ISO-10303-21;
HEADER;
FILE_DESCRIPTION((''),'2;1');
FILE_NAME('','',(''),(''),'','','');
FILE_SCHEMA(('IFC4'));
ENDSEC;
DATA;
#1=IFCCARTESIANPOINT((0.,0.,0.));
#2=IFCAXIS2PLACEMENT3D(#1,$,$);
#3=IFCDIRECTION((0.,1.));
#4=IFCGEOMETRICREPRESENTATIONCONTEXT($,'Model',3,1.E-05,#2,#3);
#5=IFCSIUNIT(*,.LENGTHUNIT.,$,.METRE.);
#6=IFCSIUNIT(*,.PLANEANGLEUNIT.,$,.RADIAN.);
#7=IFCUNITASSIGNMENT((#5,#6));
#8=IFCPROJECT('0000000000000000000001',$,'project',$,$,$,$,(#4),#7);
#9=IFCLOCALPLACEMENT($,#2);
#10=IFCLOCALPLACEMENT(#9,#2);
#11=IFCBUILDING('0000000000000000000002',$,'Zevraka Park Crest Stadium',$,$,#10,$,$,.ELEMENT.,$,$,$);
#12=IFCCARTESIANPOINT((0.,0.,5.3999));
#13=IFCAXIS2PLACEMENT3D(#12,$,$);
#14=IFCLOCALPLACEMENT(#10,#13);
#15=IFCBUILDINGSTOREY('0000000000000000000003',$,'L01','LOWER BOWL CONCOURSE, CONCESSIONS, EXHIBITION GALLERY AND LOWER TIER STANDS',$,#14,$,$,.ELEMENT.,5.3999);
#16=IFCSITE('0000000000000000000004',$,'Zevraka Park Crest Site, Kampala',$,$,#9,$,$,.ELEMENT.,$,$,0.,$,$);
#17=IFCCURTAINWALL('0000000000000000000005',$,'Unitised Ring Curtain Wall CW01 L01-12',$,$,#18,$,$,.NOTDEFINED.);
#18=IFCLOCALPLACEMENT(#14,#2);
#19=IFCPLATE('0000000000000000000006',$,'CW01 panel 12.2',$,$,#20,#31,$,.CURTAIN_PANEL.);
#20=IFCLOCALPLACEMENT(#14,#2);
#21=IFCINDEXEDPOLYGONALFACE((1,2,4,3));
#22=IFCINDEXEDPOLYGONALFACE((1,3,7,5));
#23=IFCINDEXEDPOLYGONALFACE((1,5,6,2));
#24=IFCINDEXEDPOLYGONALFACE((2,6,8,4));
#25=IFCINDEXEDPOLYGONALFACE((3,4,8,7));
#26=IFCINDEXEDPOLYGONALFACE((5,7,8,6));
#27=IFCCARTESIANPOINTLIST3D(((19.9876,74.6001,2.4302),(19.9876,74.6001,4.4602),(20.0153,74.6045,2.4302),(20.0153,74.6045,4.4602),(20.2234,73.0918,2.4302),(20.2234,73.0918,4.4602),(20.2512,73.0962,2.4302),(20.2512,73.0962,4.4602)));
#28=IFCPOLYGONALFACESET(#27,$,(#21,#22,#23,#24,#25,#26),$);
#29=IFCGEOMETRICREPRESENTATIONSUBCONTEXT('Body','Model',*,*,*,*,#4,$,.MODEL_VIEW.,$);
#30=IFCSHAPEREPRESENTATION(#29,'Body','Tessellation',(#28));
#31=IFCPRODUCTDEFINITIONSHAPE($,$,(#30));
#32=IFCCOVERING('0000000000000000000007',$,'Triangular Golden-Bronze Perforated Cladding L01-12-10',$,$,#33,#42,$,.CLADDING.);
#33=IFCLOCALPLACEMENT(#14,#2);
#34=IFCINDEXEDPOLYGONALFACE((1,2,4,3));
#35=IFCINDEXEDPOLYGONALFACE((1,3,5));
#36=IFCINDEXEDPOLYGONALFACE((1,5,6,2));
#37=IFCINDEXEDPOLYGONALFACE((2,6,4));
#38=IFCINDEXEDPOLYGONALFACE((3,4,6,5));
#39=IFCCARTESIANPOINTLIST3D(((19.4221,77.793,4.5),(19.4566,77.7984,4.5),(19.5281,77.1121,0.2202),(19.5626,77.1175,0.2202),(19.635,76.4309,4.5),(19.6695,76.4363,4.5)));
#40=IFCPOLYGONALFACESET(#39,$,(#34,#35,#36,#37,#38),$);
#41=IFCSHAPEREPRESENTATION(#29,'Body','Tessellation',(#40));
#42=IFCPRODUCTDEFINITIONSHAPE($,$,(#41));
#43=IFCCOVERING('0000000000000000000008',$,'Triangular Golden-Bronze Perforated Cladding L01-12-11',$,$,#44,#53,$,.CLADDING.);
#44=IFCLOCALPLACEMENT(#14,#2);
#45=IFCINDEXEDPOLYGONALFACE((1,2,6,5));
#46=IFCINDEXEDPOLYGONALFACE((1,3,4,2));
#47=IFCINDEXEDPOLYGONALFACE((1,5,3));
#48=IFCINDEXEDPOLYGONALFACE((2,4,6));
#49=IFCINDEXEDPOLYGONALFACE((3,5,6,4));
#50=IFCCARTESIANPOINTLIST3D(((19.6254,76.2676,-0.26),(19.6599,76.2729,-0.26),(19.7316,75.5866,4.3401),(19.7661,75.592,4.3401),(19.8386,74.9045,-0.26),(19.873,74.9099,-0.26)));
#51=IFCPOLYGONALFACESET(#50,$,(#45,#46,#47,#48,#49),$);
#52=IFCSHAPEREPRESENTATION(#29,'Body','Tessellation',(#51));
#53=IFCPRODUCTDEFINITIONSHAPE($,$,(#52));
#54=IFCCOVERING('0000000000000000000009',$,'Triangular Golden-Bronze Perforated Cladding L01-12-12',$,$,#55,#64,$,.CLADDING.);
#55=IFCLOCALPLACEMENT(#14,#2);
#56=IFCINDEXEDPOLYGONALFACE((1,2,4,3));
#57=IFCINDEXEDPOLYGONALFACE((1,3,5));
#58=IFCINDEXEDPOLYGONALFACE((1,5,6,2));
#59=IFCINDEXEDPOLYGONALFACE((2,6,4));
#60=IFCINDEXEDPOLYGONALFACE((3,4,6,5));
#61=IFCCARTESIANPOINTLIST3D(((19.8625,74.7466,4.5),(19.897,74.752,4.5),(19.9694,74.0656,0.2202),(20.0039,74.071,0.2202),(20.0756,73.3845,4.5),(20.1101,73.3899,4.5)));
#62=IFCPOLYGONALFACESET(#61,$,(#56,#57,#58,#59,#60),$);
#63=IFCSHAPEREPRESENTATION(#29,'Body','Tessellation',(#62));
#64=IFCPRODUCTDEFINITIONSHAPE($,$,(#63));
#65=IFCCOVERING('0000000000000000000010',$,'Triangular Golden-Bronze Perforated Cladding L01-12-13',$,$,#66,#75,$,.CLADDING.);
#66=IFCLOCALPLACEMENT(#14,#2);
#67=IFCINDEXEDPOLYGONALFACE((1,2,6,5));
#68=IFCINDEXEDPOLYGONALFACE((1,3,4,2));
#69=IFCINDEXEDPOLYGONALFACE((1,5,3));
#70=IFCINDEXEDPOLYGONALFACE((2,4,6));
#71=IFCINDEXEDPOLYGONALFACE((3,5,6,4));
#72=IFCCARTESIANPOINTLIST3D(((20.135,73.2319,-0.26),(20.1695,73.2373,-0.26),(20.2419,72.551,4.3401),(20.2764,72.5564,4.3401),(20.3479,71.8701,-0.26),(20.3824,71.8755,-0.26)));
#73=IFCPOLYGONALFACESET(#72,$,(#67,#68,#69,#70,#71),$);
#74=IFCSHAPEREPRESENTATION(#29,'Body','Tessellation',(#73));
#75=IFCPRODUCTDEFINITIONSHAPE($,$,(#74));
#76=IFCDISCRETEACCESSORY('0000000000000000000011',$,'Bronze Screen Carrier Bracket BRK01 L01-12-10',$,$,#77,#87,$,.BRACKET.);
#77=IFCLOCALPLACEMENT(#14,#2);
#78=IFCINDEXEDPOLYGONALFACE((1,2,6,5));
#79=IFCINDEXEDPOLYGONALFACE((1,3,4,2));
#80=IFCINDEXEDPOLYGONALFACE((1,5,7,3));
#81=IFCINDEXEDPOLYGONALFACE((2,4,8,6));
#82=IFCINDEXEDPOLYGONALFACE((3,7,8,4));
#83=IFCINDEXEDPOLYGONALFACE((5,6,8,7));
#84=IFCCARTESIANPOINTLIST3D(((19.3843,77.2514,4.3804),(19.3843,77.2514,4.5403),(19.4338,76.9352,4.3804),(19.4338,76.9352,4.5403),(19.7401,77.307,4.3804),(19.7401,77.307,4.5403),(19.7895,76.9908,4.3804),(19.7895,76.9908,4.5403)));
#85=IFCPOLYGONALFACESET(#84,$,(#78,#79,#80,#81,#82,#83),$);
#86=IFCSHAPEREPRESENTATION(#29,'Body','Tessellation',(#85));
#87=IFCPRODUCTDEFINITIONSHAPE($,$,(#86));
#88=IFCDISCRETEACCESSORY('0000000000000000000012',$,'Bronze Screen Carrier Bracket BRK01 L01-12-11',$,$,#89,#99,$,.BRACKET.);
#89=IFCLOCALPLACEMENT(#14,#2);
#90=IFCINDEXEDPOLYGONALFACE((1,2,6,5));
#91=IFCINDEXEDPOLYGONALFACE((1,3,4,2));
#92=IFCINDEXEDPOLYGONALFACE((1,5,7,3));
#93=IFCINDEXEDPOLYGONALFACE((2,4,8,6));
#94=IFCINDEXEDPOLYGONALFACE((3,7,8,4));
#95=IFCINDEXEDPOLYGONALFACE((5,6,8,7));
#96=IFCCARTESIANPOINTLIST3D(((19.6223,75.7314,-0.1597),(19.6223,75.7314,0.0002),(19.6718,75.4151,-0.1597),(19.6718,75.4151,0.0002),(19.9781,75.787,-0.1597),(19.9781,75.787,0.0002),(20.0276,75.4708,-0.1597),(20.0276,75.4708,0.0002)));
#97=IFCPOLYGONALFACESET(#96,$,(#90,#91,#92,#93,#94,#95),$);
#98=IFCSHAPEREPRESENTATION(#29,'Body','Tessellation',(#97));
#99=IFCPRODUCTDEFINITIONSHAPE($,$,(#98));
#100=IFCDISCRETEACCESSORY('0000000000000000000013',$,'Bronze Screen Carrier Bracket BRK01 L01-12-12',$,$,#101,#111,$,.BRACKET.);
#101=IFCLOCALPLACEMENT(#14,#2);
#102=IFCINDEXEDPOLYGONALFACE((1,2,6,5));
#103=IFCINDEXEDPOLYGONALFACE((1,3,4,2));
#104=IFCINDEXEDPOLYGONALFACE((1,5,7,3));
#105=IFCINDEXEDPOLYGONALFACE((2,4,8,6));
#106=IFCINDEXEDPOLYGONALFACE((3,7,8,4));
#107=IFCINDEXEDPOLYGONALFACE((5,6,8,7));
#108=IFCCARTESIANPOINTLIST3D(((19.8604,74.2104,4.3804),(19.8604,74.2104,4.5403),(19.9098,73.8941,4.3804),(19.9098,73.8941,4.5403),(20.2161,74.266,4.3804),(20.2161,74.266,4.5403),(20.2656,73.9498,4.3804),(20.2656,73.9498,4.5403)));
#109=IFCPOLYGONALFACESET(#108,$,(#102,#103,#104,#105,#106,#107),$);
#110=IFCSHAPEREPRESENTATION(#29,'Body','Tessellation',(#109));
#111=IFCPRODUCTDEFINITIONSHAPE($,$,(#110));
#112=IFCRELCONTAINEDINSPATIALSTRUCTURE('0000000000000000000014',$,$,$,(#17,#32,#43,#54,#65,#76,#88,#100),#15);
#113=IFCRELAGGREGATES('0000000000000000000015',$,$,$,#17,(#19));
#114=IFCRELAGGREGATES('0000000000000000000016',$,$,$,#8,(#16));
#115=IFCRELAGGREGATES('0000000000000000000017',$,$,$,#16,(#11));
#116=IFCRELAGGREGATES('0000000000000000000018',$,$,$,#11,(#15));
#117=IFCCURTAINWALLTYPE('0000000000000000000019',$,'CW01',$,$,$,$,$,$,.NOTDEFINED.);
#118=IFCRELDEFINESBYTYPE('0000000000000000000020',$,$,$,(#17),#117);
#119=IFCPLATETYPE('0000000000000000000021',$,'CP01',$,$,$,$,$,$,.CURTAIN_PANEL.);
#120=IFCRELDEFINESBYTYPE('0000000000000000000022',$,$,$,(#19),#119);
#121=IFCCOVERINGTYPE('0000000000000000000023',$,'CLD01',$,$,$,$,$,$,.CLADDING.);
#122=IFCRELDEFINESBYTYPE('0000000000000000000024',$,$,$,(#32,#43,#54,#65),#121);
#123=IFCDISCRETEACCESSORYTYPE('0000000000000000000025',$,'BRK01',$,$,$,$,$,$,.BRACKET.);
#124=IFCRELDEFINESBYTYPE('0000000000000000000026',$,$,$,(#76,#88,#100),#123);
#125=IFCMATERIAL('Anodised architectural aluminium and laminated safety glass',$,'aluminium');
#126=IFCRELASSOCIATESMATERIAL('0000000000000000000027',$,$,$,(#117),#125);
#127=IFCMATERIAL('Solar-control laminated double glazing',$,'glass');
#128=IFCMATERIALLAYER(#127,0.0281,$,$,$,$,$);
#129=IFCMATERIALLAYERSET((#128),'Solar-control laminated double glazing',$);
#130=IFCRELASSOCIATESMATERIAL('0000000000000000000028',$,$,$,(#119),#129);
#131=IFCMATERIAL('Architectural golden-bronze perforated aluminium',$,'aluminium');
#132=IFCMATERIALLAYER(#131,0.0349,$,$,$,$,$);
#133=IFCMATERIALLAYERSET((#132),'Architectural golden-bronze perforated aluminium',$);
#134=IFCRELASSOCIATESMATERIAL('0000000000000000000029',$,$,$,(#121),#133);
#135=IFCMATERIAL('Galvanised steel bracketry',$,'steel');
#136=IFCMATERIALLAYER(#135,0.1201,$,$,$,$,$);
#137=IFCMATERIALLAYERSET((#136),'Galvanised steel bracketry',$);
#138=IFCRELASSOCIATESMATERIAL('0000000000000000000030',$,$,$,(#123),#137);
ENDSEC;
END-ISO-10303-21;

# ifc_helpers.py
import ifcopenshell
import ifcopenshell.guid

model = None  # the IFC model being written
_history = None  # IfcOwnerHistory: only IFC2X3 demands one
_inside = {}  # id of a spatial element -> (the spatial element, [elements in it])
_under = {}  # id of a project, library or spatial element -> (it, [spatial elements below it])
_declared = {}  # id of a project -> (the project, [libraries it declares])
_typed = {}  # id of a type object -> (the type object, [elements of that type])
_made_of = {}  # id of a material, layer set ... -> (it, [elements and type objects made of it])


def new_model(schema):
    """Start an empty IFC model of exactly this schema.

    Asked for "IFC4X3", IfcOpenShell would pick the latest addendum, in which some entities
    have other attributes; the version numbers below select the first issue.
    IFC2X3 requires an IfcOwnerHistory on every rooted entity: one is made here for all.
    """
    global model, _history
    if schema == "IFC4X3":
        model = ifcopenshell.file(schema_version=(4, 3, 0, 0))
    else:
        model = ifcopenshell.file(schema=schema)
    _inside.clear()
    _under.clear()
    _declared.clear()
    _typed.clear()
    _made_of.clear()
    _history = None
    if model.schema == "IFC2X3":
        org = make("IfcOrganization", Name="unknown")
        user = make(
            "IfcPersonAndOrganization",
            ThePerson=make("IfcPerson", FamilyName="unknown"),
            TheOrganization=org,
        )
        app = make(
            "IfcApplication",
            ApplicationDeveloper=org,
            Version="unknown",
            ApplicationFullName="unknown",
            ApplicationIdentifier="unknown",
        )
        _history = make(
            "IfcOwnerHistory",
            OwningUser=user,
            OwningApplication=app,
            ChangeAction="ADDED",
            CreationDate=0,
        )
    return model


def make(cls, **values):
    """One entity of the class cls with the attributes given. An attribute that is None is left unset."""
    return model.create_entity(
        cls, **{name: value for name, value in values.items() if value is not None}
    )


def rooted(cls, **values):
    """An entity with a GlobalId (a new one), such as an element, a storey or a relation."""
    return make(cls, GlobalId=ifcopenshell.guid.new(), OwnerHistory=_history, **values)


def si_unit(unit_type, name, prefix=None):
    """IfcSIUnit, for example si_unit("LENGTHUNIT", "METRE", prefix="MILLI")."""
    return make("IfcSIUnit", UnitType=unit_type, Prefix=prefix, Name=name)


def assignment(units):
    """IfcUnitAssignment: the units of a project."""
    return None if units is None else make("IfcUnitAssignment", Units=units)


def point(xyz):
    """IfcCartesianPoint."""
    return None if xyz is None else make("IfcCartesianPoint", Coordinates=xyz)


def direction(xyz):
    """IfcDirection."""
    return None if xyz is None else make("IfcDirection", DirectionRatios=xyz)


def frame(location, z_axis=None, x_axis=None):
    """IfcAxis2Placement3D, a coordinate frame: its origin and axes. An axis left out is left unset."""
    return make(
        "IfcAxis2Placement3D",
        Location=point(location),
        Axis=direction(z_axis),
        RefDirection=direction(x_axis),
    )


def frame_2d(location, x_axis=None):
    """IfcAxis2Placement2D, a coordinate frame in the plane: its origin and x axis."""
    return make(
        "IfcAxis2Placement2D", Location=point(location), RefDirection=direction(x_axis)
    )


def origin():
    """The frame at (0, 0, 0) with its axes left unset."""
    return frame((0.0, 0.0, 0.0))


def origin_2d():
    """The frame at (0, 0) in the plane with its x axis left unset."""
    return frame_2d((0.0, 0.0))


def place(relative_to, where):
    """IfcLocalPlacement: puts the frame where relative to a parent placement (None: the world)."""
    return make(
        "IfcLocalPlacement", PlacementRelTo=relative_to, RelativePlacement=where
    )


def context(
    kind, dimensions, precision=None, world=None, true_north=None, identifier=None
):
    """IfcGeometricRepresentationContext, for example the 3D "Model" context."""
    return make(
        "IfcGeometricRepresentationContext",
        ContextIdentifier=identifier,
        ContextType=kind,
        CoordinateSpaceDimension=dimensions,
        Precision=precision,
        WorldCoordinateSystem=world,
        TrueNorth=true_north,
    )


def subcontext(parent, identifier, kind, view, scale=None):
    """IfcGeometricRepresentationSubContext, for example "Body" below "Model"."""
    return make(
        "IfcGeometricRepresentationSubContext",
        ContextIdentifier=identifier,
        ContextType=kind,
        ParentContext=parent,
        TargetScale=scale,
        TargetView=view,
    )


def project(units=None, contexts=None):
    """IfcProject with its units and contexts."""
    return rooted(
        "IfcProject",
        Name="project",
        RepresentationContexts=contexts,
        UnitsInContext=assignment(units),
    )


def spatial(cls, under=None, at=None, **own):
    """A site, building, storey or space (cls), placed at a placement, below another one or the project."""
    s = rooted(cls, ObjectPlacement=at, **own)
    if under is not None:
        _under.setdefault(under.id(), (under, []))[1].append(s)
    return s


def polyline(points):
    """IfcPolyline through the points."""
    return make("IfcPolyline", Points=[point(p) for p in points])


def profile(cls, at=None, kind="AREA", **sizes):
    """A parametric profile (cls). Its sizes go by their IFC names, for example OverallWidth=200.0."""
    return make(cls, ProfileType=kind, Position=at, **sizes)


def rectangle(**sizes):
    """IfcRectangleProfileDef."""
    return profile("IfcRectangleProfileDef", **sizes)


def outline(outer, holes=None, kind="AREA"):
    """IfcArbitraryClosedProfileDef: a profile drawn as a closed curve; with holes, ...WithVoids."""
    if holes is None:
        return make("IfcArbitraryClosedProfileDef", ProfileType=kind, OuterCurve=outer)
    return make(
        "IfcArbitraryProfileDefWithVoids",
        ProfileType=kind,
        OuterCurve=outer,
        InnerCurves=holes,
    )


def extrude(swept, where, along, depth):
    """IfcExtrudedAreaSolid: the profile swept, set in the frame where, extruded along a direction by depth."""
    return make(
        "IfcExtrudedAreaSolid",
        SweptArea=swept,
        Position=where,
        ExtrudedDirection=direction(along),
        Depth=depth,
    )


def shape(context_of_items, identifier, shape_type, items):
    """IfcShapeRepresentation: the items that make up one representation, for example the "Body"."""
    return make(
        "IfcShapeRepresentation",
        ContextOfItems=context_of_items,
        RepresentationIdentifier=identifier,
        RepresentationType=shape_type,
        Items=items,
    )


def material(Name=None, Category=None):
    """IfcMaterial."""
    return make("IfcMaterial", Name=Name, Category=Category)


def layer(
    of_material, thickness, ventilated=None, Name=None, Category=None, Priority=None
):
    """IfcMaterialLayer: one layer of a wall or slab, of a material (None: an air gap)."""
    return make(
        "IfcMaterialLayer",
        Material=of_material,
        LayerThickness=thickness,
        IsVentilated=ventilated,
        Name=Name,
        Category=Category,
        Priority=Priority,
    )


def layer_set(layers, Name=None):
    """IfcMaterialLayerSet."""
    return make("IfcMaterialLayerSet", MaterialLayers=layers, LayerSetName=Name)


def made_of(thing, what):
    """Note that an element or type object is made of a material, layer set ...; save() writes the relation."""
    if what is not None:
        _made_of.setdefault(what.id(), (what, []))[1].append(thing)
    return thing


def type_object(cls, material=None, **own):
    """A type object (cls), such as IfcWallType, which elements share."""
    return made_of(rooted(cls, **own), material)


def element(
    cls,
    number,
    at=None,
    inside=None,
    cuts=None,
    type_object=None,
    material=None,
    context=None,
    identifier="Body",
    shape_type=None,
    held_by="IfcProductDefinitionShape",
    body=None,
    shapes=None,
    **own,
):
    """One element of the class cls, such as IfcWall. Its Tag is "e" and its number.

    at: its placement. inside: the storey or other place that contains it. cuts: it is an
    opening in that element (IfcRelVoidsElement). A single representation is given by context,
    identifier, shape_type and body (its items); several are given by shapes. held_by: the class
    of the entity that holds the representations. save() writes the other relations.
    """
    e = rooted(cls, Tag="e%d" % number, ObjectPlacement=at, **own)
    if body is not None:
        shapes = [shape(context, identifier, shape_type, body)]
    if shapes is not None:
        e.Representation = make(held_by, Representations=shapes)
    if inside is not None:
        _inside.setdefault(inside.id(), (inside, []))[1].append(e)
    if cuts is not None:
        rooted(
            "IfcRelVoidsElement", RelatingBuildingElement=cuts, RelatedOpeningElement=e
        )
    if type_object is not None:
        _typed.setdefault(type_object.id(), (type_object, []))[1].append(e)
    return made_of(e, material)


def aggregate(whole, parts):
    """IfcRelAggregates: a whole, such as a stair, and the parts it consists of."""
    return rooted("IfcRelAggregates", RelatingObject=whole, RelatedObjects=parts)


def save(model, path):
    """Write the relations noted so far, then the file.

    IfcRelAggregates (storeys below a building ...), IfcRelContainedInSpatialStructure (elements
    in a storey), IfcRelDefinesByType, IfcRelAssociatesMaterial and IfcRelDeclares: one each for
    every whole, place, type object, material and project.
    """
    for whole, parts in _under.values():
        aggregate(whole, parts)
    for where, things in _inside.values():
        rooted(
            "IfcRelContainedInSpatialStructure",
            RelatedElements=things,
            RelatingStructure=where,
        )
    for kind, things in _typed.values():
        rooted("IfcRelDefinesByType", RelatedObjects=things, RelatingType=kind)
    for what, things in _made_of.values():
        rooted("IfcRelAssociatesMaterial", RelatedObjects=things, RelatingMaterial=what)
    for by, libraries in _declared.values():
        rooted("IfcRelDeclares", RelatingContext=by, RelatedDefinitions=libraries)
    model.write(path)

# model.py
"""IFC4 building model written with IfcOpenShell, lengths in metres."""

from ifc_helpers import new_model, si_unit, direction, frame, origin, origin_2d, place, context, subcontext, project, spatial, polyline, rectangle, outline, extrude, material, layer, layer_set, type_object, element, aggregate, save


model = new_model("IFC4")

# Units and contexts
model_context = context("Model", 3, precision=1e-05, world=origin(), true_north=direction((0.0, 1.0)))
body_context = subcontext(model_context, "Body", "Model", "MODEL_VIEW")
ifc_project = project(units=[si_unit("LENGTHUNIT", "METRE"), si_unit("PLANEANGLEUNIT", "RADIAN")], contexts=[model_context])

# Site, building, storey
site_placement = place(None, origin())
site = spatial("IfcSite", under=ifc_project, at=site_placement, Name="Zevraka Park Crest Site, Kampala", CompositionType="ELEMENT", RefElevation=0.0)
building_placement = place(site_placement, origin())
building = spatial("IfcBuilding", under=site, at=building_placement, Name="Zevraka Park Crest Stadium", CompositionType="ELEMENT")
storey_placement = place(building_placement, frame((0.0, 0.0, 5.3999)))
storey = spatial("IfcBuildingStorey", under=building, at=storey_placement, Name="L01", Description="LOWER BOWL CONCOURSE, CONCESSIONS, EXHIBITION GALLERY AND LOWER TIER STANDS", CompositionType="ELEMENT", Elevation=5.3999)

# Curtain wall, plate
ifc_material_1 = material(Name="Anodised architectural aluminium and laminated safety glass", Category="aluminium")
curtain_wall_type = type_object("IfcCurtainWallType", Name="CW01", PredefinedType="NOTDEFINED", material=ifc_material_1)
curtain_wall_placement = place(storey_placement, origin())
curtain_wall = element("IfcCurtainWall", 1, at=curtain_wall_placement, inside=storey, type_object=curtain_wall_type, Name="Unitised Ring Curtain Wall CW01 L01-12", PredefinedType="NOTDEFINED")
ifc_material_2 = material(Name="Solar-control laminated double glazing", Category="glass")
ifc_layer_1 = layer(ifc_material_2, 0.0281)
ifc_layer_set_1 = layer_set([ifc_layer_1], Name="Solar-control laminated double glazing")
plate_type = type_object("IfcPlateType", Name="CP01", PredefinedType="CURTAIN_PANEL", material=ifc_layer_set_1)
plate_1_placement = place(storey_placement, frame((20.1194, 73.8481, 2.4302), z_axis=(0.0, 0.0, 1.0), x_axis=(0.154476, -0.987997, 0.0)))
plate_1 = element("IfcPlate", 2, at=plate_1_placement, type_object=plate_type, Name="CW01 panel 12.2", PredefinedType="CURTAIN_PANEL", context=body_context, shape_type="SweptSolid", body=[
    extrude(rectangle(XDim=1.5266, YDim=0.0281, at=origin_2d()), origin(), (0.0, 0.0, 1.0), 2.03),
])
aggregate(curtain_wall, [plate_1])

# Coverings
ifc_material_3 = material(Name="Architectural golden-bronze perforated aluminium", Category="aluminium")
ifc_layer_2 = layer(ifc_material_3, 0.0349)
ifc_layer_set_2 = layer_set([ifc_layer_2], Name="Architectural golden-bronze perforated aluminium")
covering_type = type_object("IfcCoveringType", Name="CLD01", PredefinedType="CLADDING", material=ifc_layer_set_2)
covering_1_placement = place(storey_placement, frame((19.635, 76.4309, 4.5), z_axis=(-0.988004, -0.154425, 0.000108), x_axis=(-0.154426, 0.988004, 0.0)))
element("IfcCovering", 3, at=covering_1_placement, inside=storey, type_object=covering_type, Name="Triangular Golden-Bronze Perforated Cladding L01-12-10", PredefinedType="CLADDING", context=body_context, shape_type="SweptSolid", body=[
    extrude(outline(polyline([(0.0, 0.0), (1.3786, 0.0), (0.6895, 4.2798), (0.0, 0.0)])), origin(), (0.0, 0.0, -1.0), 0.0349),
])
covering_2_placement = place(storey_placement, frame((19.6599, 76.2729, -0.26), z_axis=(0.987994, 0.15449, 0.000058), x_axis=(0.15449, -0.987994, 0.0)))
element("IfcCovering", 4, at=covering_2_placement, inside=storey, type_object=covering_type, Name="Triangular Golden-Bronze Perforated Cladding L01-12-11", PredefinedType="CLADDING", context=body_context, shape_type="SweptSolid", body=[
    extrude(outline(polyline([(0.0, 0.0), (1.3796, 0.0), (0.6891, -4.6001), (0.0, 0.0)])), origin(), (0.0, 0.0, -1.0), 0.0349),
])
covering_3_placement = place(storey_placement, frame((20.1101, 73.3899, 4.5), z_axis=(0.987977, 0.154598, 0.000089), x_axis=(-0.154598, 0.987977, 0.0)))
element("IfcCovering", 5, at=covering_3_placement, inside=storey, type_object=covering_type, Name="Triangular Golden-Bronze Perforated Cladding L01-12-12", PredefinedType="CLADDING", context=body_context, shape_type="SweptSolid", body=[
    extrude(outline(polyline([(0.0, 0.0), (1.3786, 0.0), (0.6894, -4.2798), (0.0, 0.0)])), origin(), (0.0, 0.0, -1.0), 0.0349),
])
covering_4_placement = place(storey_placement, frame((20.135, 73.2319, -0.26), z_axis=(-0.988, -0.154453, 0.000105), x_axis=(0.154453, -0.988, 0.0)))
element("IfcCovering", 6, at=covering_4_placement, inside=storey, type_object=covering_type, Name="Triangular Golden-Bronze Perforated Cladding L01-12-13", PredefinedType="CLADDING", context=body_context, shape_type="SweptSolid", body=[
    extrude(outline(polyline([(0.0, 0.0), (1.3784, 0.0), (0.6893, 4.6001), (0.0, 0.0)])), origin(), (0.0, 0.0, -1.0), 0.0349),
])

# Discrete accessories
ifc_material_4 = material(Name="Galvanised steel bracketry", Category="steel")
ifc_layer_3 = layer(ifc_material_4, 0.1201)
ifc_layer_set_3 = layer_set([ifc_layer_3], Name="Galvanised steel bracketry")
discrete_accessory_type = type_object("IfcDiscreteAccessoryType", Name="BRK01", PredefinedType="BRACKET", material=ifc_layer_set_3)
for number, where, z_axis, x_axis, name in (
    (7, (19.5869, 77.1211, 4.3804), (0.0, 0.0, 1.0), (0.154538, -0.987987, 0.0), "Bronze Screen Carrier Bracket BRK01 L01-12-10"),
    (8, (19.825, 75.6011, -0.1597), (0.0, 0.0, 1.0), (0.154538, -0.987987, 0.0), "Bronze Screen Carrier Bracket BRK01 L01-12-11"),
    (9, (20.063, 74.0801, 4.3804), (0.0, 0.0, 1.0), (0.154538, -0.987987, 0.0), "Bronze Screen Carrier Bracket BRK01 L01-12-12"),
):
    element("IfcDiscreteAccessory", number, at=place(storey_placement, frame(where, z_axis=z_axis, x_axis=x_axis)), inside=storey, type_object=discrete_accessory_type, Name=name, PredefinedType="BRACKET", context=body_context, shape_type="SweptSolid", body=[
        extrude(rectangle(XDim=0.3201, YDim=0.3601, at=origin_2d()), origin(), (0.0, 0.0, 1.0), 0.1599),
    ])

save(model, "model.ifc")
